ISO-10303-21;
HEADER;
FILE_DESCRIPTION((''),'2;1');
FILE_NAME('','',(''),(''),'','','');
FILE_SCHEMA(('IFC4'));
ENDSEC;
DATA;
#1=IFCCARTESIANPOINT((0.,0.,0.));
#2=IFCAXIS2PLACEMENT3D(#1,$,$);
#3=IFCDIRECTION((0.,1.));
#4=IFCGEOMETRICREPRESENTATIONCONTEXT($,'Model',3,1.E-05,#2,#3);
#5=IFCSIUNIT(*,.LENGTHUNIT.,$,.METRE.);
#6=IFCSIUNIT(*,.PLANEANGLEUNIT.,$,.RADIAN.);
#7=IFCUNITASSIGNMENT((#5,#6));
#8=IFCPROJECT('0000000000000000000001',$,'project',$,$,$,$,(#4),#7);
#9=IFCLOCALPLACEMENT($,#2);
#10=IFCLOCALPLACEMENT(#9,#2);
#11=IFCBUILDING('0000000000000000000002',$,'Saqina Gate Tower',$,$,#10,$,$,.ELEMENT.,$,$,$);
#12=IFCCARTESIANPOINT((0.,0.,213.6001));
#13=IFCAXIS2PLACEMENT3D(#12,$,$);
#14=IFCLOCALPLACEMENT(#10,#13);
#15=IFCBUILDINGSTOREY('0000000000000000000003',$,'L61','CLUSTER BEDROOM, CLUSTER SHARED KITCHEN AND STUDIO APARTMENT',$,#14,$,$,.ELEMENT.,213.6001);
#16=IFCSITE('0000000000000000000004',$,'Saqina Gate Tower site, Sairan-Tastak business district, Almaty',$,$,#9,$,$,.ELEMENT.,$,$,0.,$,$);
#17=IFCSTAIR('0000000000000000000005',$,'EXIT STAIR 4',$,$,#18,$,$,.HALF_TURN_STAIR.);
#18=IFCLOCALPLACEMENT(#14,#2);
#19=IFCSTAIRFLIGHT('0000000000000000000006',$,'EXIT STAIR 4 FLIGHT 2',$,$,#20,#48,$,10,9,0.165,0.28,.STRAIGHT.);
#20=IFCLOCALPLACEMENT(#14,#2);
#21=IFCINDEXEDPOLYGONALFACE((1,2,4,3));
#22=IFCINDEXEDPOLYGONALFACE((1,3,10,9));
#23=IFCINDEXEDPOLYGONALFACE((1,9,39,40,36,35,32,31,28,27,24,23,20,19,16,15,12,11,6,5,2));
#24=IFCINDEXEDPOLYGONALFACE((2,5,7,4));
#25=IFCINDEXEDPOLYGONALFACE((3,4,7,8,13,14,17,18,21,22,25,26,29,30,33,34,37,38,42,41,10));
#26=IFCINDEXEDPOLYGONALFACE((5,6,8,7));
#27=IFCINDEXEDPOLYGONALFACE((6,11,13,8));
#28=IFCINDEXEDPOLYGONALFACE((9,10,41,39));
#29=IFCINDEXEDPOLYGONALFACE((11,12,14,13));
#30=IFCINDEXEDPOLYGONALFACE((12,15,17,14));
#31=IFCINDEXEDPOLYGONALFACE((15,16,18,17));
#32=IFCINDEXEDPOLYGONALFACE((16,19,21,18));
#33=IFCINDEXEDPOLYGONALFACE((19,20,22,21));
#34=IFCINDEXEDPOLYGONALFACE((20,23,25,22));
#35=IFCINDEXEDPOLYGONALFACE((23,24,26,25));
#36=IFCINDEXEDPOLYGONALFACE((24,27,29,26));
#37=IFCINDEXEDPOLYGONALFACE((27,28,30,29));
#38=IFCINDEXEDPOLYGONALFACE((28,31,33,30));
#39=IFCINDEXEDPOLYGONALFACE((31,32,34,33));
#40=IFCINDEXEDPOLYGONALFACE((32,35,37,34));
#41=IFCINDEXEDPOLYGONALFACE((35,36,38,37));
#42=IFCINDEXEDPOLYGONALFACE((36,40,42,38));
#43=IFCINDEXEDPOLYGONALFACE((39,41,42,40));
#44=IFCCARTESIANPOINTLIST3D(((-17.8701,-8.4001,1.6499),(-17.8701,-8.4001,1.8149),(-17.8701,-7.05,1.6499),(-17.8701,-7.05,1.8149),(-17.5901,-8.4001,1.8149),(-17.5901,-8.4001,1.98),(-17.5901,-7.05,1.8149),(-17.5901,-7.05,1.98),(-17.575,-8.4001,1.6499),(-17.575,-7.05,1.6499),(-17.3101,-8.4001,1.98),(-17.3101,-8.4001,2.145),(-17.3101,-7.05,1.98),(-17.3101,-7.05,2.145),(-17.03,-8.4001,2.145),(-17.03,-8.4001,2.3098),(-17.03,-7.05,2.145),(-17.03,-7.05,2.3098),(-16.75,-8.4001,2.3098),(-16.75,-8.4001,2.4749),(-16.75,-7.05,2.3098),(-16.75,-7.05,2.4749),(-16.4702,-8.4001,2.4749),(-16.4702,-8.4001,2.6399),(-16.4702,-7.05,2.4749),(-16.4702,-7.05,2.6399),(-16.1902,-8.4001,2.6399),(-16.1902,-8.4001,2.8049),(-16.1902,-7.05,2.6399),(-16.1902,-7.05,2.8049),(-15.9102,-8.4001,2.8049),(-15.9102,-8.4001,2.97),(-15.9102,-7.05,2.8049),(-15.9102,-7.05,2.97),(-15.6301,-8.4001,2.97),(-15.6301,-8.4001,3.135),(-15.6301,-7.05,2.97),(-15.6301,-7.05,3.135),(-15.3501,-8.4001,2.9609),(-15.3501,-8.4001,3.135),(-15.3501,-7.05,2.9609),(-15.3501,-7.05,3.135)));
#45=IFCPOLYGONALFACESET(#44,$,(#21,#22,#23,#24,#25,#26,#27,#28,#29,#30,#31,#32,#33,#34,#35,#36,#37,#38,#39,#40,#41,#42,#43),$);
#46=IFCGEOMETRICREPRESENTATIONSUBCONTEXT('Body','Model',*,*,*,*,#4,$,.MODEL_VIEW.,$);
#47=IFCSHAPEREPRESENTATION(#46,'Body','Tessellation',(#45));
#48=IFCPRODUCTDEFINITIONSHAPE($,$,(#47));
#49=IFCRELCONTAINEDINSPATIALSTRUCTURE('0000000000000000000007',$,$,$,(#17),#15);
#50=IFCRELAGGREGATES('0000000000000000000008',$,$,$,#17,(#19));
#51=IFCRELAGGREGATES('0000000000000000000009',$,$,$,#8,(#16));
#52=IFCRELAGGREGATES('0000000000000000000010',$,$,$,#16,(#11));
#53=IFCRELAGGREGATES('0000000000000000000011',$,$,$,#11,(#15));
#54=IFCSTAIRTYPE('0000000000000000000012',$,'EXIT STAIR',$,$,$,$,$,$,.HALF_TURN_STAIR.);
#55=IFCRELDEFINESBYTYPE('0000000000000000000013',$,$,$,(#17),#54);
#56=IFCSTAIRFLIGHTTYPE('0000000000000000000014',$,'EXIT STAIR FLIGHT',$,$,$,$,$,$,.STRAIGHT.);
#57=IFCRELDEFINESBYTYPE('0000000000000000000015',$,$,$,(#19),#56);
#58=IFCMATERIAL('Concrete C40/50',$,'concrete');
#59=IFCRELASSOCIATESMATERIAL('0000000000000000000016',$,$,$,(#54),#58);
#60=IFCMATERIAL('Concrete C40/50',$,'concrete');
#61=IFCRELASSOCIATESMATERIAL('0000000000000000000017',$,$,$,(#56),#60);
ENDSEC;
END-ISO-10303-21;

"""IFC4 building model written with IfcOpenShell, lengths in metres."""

from ifc_helpers import new_model, si_unit, direction, frame, origin, place, context, subcontext, project, spatial, polyline, outline, extrude, material, type_object, element, aggregate, save


model = new_model("IFC4")

# Units and contexts
model_context = context("Model", 3, precision=1e-05, world=origin(), true_north=direction((0.0, 1.0)))
body_context = subcontext(model_context, "Body", "Model", "MODEL_VIEW")
ifc_project = project(units=[si_unit("LENGTHUNIT", "METRE"), si_unit("PLANEANGLEUNIT", "RADIAN")], contexts=[model_context])

# Site, building, storey
site_placement = place(None, origin())
site = spatial("IfcSite", under=ifc_project, at=site_placement, Name="Saqina Gate Tower site, Sairan-Tastak business district, Almaty", CompositionType="ELEMENT", RefElevation=0.0)
building_placement = place(site_placement, origin())
building = spatial("IfcBuilding", under=site, at=building_placement, Name="Saqina Gate Tower", CompositionType="ELEMENT")
storey_placement = place(building_placement, frame((0.0, 0.0, 213.6001)))
storey = spatial("IfcBuildingStorey", under=building, at=storey_placement, Name="L61", Description="CLUSTER BEDROOM, CLUSTER SHARED KITCHEN AND STUDIO APARTMENT", CompositionType="ELEMENT", Elevation=213.6001)

# Stair, stair flight
ifc_material_1 = material(Name="Concrete C40/50", Category="concrete")
stair_type = type_object("IfcStairType", Name="EXIT STAIR", PredefinedType="HALF_TURN_STAIR", material=ifc_material_1)
stair_placement = place(storey_placement, origin())
stair = element("IfcStair", 1, at=stair_placement, inside=storey, type_object=stair_type, Name="EXIT STAIR 4", PredefinedType="HALF_TURN_STAIR")
ifc_material_2 = material(Name="Concrete C40/50", Category="concrete")
stair_flight_type = type_object("IfcStairFlightType", Name="EXIT STAIR FLIGHT", PredefinedType="STRAIGHT", material=ifc_material_2)
stair_flight_1_placement = place(storey_placement, frame((-17.8701, -7.7251, 1.6499), z_axis=(0.0, 0.0, 1.0), x_axis=(1.0, 0.0, 0.0)))
stair_flight_1 = element("IfcStairFlight", 2, at=stair_flight_1_placement, type_object=stair_flight_type, Name="EXIT STAIR 4 FLIGHT 2", NumberOfRisers=10, NumberOfTreads=9, PredefinedType="STRAIGHT", RiserHeight=0.165, TreadLength=0.28, context=body_context, shape_type="SweptSolid", body=[
    extrude(outline(polyline([(0.0, 0.0), (0.0, 0.165), (0.28, 0.165), (0.28, 0.3301), (0.5601, 0.3301), (0.5601, 0.4951), (0.8401, 0.4951), (0.8401, 0.6599), (1.1201, 0.6599), (1.1201, 0.825), (1.3999, 0.825), (1.3999, 0.99), (1.6799, 0.99), (1.6799, 1.155), (1.96, 1.155), (1.96, 1.3201), (2.24, 1.3201), (2.24, 1.4851), (2.52, 1.4851), (2.52, 1.6499), (2.52, 1.311), (0.2952, 0.0), (0.0, 0.0)])), frame((0.0, 0.675, 0.0), z_axis=(0.0, -1.0, 0.0), x_axis=(1.0, 0.0, 0.0)), (0.0, 0.0, 1.0), 1.3501),
])
aggregate(stair, [stair_flight_1])

save(model, "model.ifc")
